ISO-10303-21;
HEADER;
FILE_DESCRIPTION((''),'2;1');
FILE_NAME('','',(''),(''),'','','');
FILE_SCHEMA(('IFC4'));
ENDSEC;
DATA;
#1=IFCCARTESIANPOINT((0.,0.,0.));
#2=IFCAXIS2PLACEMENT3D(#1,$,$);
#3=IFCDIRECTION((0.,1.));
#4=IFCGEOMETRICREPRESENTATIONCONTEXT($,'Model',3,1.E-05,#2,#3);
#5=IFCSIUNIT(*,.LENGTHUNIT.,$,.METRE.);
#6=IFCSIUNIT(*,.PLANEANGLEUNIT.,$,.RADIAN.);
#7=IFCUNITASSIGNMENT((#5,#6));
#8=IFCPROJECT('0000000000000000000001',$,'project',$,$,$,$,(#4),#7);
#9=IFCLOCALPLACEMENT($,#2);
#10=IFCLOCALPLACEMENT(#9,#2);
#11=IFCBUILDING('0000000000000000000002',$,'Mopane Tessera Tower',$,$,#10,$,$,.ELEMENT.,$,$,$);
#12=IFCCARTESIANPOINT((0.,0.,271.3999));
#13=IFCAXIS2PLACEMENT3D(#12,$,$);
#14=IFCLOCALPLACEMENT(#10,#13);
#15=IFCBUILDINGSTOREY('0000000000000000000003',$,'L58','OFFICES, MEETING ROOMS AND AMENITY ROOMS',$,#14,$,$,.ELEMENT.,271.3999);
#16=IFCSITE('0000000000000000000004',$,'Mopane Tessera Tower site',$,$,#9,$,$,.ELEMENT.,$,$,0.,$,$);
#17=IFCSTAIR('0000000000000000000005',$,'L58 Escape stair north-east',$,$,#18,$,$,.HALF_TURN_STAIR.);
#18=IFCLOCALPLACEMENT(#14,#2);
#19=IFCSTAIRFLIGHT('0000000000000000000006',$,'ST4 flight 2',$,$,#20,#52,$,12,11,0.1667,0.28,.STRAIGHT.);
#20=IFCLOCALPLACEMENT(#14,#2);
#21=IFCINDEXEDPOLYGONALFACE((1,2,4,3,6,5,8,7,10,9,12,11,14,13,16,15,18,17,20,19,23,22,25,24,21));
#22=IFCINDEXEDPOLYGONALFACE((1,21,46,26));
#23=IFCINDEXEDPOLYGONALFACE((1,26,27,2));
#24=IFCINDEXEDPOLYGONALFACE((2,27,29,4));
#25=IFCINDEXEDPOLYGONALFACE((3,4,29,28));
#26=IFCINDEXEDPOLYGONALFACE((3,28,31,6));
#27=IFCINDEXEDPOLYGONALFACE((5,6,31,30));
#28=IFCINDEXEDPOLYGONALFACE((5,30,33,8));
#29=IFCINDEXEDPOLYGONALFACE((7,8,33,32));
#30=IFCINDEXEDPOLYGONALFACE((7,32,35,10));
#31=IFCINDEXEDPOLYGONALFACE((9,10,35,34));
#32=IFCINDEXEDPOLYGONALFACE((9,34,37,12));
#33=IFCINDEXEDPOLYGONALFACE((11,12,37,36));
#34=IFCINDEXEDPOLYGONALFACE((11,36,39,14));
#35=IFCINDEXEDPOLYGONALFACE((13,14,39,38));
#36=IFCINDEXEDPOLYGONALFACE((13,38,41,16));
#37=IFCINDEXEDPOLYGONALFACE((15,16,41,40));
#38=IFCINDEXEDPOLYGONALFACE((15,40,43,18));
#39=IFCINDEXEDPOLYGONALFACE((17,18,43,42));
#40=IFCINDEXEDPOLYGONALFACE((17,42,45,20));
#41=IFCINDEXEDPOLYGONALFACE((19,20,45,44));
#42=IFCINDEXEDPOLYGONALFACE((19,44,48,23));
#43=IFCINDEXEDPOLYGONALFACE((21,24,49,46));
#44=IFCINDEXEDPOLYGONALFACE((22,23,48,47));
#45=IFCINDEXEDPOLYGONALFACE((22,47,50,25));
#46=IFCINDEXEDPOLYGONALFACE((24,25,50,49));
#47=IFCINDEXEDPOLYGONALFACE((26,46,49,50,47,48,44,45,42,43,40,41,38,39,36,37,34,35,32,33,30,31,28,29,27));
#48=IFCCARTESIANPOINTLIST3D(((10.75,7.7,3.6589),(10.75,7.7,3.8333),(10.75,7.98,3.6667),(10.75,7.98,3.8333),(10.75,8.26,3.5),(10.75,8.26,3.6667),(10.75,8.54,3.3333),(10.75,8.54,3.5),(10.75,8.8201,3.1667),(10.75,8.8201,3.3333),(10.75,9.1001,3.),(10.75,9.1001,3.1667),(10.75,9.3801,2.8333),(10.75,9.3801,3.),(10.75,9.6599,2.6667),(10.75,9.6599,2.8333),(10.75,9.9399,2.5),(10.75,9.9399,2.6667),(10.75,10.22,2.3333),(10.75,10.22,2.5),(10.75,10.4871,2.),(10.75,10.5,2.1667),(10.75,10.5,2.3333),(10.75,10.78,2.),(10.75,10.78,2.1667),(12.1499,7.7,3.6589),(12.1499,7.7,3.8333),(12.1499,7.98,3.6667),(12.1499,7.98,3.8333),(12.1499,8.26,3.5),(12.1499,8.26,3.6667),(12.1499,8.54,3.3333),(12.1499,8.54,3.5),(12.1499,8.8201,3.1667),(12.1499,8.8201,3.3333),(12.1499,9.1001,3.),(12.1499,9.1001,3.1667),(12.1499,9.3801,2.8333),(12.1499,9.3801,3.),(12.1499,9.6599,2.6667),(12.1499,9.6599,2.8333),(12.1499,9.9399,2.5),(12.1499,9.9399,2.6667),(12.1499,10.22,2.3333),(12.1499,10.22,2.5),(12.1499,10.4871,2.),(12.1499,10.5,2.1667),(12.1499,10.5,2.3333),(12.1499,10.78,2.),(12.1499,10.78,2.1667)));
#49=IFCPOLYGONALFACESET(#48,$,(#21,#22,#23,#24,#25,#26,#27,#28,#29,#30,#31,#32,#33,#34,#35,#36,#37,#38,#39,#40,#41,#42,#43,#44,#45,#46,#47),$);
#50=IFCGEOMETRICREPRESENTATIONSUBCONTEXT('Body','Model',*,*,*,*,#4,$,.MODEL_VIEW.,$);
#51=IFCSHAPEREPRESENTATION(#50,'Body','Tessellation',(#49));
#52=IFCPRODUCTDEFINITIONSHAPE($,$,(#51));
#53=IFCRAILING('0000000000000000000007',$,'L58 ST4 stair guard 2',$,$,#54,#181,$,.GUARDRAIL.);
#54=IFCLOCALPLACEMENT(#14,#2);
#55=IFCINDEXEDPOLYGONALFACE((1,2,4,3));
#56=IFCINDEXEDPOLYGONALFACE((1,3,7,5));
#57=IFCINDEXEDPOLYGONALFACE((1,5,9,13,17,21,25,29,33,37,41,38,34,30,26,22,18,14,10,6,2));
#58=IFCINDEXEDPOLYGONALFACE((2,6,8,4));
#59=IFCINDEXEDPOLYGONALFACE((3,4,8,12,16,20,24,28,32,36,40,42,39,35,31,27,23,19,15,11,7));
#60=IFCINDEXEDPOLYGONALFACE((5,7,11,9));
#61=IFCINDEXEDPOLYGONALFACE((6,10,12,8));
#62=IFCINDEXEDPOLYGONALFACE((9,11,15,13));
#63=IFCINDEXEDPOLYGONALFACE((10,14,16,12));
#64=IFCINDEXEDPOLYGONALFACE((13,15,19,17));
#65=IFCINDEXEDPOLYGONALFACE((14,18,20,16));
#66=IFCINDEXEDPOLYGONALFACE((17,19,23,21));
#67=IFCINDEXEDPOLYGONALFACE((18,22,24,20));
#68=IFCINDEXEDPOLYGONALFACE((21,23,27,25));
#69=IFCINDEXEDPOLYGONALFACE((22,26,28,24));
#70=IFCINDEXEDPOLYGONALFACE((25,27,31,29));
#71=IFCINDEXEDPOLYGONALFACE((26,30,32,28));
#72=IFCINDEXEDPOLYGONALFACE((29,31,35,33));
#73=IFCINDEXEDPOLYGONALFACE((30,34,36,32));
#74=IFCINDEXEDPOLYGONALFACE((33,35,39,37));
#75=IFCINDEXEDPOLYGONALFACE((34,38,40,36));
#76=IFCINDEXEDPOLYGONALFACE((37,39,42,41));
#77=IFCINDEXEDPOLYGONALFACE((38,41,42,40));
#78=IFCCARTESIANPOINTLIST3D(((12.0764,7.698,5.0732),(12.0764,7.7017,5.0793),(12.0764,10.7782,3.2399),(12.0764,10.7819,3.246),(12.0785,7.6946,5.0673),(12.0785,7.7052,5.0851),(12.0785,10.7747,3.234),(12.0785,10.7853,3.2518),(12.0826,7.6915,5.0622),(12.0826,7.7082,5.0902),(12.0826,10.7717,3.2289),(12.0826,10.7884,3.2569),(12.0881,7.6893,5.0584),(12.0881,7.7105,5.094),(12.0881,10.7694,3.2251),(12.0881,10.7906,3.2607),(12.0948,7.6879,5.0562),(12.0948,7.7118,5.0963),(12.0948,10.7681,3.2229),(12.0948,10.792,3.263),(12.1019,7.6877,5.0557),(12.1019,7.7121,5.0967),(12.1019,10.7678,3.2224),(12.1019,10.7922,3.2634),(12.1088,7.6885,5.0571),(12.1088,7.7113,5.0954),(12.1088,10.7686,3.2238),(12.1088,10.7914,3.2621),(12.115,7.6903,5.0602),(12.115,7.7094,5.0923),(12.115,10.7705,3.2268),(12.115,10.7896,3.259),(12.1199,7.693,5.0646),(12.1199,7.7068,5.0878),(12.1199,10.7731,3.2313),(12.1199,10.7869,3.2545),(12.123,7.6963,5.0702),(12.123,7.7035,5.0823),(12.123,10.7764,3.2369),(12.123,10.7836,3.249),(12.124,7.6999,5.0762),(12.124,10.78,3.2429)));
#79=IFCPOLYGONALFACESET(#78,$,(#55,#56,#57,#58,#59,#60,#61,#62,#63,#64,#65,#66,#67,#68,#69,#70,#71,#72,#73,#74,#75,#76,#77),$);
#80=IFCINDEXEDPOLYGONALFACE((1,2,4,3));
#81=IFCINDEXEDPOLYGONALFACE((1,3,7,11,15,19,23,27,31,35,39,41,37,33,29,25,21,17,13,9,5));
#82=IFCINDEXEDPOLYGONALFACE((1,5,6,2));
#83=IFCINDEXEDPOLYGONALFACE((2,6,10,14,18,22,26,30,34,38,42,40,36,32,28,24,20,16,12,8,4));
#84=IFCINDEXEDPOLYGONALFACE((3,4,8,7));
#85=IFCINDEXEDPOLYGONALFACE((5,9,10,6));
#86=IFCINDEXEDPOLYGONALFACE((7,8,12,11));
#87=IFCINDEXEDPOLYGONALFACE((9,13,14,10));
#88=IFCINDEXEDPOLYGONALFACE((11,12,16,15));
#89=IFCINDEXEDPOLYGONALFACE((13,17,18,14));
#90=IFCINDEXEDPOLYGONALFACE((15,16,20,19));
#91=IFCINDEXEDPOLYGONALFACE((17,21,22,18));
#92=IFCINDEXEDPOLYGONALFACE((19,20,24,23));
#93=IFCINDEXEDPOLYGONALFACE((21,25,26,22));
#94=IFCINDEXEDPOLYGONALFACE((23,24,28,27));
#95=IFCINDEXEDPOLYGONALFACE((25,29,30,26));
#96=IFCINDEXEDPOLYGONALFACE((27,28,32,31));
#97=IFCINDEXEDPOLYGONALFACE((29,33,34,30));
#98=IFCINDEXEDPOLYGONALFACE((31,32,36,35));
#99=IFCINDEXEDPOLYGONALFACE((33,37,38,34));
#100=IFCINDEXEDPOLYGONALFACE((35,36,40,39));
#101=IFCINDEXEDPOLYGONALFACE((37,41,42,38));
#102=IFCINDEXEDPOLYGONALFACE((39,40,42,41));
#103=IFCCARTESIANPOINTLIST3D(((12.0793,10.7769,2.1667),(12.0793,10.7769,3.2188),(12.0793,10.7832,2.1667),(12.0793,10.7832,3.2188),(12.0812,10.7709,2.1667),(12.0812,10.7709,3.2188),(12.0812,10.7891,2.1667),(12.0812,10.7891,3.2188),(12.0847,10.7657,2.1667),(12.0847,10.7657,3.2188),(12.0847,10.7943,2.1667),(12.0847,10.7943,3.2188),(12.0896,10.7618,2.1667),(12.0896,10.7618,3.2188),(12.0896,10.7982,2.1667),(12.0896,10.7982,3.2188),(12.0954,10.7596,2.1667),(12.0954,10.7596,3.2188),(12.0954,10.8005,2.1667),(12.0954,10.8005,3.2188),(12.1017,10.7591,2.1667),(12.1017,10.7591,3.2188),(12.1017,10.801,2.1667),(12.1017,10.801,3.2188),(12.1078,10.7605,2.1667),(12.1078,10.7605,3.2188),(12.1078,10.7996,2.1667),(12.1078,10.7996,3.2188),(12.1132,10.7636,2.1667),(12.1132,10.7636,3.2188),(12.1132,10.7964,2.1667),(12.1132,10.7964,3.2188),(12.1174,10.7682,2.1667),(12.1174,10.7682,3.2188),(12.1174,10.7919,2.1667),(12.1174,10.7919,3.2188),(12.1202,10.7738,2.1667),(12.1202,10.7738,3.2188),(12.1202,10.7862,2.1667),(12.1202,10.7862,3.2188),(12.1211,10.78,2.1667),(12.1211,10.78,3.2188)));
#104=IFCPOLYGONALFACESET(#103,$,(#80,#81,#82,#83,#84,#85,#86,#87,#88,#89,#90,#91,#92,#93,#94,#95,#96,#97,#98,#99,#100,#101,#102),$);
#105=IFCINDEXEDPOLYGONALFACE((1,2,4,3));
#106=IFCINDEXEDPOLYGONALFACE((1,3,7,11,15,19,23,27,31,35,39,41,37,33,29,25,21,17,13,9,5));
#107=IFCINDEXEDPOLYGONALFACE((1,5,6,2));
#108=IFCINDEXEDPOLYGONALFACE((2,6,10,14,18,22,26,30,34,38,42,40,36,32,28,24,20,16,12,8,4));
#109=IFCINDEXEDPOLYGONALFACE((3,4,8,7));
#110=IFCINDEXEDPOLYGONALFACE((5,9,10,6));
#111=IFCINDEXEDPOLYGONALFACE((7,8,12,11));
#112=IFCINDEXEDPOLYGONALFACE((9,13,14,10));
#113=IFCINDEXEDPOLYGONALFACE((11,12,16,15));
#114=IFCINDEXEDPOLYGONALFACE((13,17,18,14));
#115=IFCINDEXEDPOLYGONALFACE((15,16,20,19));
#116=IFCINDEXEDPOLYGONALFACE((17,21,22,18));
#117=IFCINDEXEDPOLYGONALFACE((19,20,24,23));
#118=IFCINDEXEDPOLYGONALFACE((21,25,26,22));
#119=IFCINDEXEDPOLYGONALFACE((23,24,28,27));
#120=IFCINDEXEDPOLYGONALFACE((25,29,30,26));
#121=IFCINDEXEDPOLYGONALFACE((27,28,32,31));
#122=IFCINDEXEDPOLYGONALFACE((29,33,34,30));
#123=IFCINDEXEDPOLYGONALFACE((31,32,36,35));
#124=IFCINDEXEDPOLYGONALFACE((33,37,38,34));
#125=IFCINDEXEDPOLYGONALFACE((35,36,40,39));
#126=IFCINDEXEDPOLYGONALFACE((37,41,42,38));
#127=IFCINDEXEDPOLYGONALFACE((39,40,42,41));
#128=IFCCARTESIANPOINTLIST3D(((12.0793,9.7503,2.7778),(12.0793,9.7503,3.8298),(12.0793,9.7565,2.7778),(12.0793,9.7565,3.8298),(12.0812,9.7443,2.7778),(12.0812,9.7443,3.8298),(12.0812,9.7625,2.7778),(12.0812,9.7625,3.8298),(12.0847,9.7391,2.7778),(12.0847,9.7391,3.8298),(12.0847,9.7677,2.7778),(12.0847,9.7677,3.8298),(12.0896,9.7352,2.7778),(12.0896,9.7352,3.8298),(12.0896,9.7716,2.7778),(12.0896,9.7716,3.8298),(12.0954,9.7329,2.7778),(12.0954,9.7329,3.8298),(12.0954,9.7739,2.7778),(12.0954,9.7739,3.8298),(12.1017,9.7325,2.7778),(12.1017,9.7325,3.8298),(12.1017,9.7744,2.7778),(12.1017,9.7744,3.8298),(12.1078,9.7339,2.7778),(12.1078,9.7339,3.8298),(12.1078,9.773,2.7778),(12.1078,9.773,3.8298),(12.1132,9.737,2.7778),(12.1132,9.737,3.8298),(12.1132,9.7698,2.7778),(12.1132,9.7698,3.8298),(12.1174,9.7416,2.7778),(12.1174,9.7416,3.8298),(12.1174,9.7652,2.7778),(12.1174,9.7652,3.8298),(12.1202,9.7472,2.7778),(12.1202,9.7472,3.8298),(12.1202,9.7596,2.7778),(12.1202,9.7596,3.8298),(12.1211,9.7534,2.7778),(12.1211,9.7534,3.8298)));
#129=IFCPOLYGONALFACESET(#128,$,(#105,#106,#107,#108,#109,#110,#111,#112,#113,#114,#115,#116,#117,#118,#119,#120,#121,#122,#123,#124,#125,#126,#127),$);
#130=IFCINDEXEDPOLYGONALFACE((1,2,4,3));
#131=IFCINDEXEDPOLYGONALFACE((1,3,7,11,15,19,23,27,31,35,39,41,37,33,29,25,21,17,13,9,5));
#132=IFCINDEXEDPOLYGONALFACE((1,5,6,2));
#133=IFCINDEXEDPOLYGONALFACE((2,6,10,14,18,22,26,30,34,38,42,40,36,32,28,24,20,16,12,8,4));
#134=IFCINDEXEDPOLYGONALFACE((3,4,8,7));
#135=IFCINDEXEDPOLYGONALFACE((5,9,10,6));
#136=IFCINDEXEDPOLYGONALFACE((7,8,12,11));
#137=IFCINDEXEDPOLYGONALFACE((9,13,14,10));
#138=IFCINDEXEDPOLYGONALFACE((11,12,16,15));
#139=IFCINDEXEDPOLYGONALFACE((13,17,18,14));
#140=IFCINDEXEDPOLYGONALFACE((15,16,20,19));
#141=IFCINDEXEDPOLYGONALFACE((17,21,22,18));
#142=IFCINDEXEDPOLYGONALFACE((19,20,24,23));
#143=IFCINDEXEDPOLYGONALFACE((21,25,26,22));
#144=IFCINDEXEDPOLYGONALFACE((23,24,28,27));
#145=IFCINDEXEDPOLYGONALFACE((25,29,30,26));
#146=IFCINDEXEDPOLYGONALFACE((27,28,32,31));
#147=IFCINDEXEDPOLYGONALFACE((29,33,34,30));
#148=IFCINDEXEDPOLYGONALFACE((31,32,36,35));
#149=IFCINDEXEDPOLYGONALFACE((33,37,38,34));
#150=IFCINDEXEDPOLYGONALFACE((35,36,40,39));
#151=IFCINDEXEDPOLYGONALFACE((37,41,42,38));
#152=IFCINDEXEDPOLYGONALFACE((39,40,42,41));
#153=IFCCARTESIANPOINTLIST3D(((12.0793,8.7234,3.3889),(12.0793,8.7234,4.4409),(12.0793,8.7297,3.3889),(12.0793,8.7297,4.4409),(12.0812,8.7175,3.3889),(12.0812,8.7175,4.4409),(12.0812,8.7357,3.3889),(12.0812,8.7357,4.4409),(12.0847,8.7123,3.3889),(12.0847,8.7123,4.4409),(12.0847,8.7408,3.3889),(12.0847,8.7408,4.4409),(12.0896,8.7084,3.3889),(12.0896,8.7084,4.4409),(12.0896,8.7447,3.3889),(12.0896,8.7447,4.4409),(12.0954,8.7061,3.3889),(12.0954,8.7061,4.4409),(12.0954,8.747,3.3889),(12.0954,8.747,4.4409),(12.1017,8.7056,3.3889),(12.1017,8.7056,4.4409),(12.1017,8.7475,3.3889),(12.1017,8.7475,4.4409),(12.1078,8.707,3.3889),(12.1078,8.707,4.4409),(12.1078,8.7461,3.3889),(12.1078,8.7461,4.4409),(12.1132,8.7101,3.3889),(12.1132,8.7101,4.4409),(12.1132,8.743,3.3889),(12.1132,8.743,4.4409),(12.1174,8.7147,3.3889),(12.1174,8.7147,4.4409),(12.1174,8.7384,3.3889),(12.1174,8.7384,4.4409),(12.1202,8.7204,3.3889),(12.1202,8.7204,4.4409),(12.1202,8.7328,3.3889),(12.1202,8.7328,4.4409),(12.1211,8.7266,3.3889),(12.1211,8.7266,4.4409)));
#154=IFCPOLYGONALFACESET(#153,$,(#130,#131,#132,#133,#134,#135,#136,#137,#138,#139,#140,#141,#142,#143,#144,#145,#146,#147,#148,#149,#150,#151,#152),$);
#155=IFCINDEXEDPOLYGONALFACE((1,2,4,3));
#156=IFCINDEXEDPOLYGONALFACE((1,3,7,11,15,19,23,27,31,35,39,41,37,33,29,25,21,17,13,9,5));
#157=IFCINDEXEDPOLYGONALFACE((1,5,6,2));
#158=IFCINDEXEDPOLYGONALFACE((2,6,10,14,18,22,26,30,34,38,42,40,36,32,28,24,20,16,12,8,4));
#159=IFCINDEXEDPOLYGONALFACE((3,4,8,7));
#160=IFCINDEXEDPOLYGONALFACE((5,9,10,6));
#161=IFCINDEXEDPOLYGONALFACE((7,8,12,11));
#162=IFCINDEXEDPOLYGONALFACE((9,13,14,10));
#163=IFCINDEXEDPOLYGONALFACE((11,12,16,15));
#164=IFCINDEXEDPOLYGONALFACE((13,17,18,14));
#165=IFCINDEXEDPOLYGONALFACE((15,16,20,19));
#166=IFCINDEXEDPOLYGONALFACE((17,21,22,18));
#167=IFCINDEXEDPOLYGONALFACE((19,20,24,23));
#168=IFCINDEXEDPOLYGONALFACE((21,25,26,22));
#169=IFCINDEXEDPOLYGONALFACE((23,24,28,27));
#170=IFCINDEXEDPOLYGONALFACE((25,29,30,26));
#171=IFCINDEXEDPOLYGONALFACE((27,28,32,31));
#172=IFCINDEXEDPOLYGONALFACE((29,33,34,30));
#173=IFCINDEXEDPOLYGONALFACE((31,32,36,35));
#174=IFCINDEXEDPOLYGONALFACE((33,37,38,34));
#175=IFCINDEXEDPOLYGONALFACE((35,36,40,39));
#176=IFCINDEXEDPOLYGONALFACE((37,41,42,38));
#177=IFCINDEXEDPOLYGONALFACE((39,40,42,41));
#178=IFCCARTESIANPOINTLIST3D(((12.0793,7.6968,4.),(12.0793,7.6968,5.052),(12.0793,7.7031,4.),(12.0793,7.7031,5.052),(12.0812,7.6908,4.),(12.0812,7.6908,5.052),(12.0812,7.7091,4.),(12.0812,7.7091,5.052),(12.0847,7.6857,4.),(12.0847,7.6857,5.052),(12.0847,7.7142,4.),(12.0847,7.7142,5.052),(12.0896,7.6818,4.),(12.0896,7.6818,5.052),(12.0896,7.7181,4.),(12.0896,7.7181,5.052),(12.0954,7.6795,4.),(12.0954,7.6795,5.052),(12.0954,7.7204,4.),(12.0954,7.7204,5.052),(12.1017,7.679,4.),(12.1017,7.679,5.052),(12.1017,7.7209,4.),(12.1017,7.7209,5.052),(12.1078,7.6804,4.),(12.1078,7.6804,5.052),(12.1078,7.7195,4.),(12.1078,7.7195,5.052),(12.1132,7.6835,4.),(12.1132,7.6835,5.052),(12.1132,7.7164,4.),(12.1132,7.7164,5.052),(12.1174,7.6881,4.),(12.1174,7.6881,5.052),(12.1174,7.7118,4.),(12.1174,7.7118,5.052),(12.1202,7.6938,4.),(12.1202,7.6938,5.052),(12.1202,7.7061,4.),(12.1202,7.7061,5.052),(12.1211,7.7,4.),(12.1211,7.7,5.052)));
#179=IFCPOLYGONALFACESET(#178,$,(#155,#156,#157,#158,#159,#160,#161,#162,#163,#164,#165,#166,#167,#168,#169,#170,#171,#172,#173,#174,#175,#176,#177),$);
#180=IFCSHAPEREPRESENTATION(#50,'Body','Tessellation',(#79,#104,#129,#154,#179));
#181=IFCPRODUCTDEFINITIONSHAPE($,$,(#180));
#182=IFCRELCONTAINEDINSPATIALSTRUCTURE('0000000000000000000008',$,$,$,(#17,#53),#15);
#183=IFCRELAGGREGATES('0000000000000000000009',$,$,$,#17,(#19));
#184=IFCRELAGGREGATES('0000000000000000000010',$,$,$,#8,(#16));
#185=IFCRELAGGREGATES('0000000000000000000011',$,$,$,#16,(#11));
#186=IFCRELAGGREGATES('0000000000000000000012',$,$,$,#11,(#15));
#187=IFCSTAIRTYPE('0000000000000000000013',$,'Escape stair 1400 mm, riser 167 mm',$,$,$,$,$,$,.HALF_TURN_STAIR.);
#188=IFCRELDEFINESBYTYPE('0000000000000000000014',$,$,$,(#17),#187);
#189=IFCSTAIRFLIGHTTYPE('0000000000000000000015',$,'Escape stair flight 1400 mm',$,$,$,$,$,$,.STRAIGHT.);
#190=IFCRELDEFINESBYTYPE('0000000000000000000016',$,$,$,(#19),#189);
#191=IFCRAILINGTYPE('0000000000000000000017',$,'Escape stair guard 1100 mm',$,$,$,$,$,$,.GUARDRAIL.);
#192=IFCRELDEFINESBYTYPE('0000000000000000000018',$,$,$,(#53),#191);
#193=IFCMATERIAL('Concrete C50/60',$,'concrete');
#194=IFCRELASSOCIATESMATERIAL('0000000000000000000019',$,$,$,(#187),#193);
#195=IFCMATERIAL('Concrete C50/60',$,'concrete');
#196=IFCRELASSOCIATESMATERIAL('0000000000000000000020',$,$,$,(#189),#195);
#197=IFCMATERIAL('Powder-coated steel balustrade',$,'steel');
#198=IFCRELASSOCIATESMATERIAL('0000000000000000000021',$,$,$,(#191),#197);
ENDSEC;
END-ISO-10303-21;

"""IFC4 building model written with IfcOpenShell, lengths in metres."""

from ifc_helpers import new_model, si_unit, direction, frame, origin, origin_2d, place, context, subcontext, project, spatial, polyline, circle, outline, extrude, material, type_object, element, aggregate, save


model = new_model("IFC4")

# Units and contexts
model_context = context("Model", 3, precision=1e-05, world=origin(), true_north=direction((0.0, 1.0)))
body_context = subcontext(model_context, "Body", "Model", "MODEL_VIEW")
ifc_project = project(units=[si_unit("LENGTHUNIT", "METRE"), si_unit("PLANEANGLEUNIT", "RADIAN")], contexts=[model_context])

# Site, building, storey
site_placement = place(None, origin())
site = spatial("IfcSite", under=ifc_project, at=site_placement, Name="Mopane Tessera Tower site", CompositionType="ELEMENT", RefElevation=0.0)
building_placement = place(site_placement, origin())
building = spatial("IfcBuilding", under=site, at=building_placement, Name="Mopane Tessera Tower", CompositionType="ELEMENT")
storey_placement = place(building_placement, frame((0.0, 0.0, 271.3999)))
storey = spatial("IfcBuildingStorey", under=building, at=storey_placement, Name="L58", Description="OFFICES, MEETING ROOMS AND AMENITY ROOMS", CompositionType="ELEMENT", Elevation=271.3999)

# Stair, stair flight
ifc_material_1 = material(Name="Concrete C50/60", Category="concrete")
stair_type = type_object("IfcStairType", Name="Escape stair 1400 mm, riser 167 mm", PredefinedType="HALF_TURN_STAIR", material=ifc_material_1)
stair_placement = place(storey_placement, origin())
stair = element("IfcStair", 1, at=stair_placement, inside=storey, type_object=stair_type, Name="L58 Escape stair north-east", PredefinedType="HALF_TURN_STAIR")
ifc_material_2 = material(Name="Concrete C50/60", Category="concrete")
stair_flight_type = type_object("IfcStairFlightType", Name="Escape stair flight 1400 mm", PredefinedType="STRAIGHT", material=ifc_material_2)
stair_flight_placement = place(storey_placement, frame((11.45, 10.78, 2.0), z_axis=(0.0, 0.0, 1.0), x_axis=(0.0, -1.0, 0.0)))
stair_flight = element("IfcStairFlight", 2, at=stair_flight_placement, type_object=stair_flight_type, Name="ST4 flight 2", NumberOfRisers=12, NumberOfTreads=11, PredefinedType="STRAIGHT", RiserHeight=0.1667, TreadLength=0.28, context=body_context, shape_type="SweptSolid", body=[
    extrude(outline(polyline([(0.0, 0.0), (0.0, 0.1667), (0.28, 0.1667), (0.28, 0.3333), (0.5601, 0.3333), (0.5601, 0.5), (0.8401, 0.5), (0.8401, 0.6667), (1.1201, 0.6667), (1.1201, 0.8333), (1.3999, 0.8333), (1.3999, 1.0), (1.6799, 1.0), (1.6799, 1.1667), (1.96, 1.1667), (1.96, 1.3333), (2.24, 1.3333), (2.24, 1.5), (2.52, 1.5), (2.52, 1.6667), (2.8, 1.6667), (2.8, 1.8333), (3.0801, 1.8333), (3.0801, 2.0), (3.0801, 1.6589), (0.293, 0.0), (0.0, 0.0)])), frame((0.0, 0.7, 0.0), z_axis=(0.0, -1.0, 0.0), x_axis=(1.0, 0.0, 0.0)), (0.0, 0.0, 1.0), 1.3999),
])
aggregate(stair, [stair_flight])

# Railing
ifc_material_3 = material(Name="Powder-coated steel balustrade", Category="steel")
railing_type_1 = type_object("IfcRailingType", Name="Escape stair guard 1100 mm", PredefinedType="GUARDRAIL", material=ifc_material_3)
railing_1_placement = place(storey_placement, frame((12.1001, 10.78, 2.1667)))
element("IfcRailing", 3, at=railing_1_placement, inside=storey, type_object=railing_type_1, Name="L58 ST4 stair guard 2", PredefinedType="GUARDRAIL", context=body_context, shape_type="SweptSolid", body=[
    extrude(circle(Radius=0.0239, at=origin_2d()), frame((0.0, 0.0, 1.0762), z_axis=(0.0, -0.859309, 0.511458), x_axis=(1.0, 0.0, 0.0)), (0.0, 0.0, 1.0), 3.5845),
    extrude(circle(Radius=0.021, at=origin_2d()), origin(), (0.0, 0.0, 1.0), 1.052),
    extrude(circle(Radius=0.021, at=origin_2d()), frame((0.0, -1.0266, 0.6111)), (0.0, 0.0, 1.0), 1.052),
    extrude(circle(Radius=0.021, at=origin_2d()), frame((0.0, -2.0535, 1.2222)), (0.0, 0.0, 1.0), 1.052),
    extrude(circle(Radius=0.021, at=origin_2d()), frame((0.0, -3.0801, 1.8333)), (0.0, 0.0, 1.0), 1.052),
])

save(model, "model.ifc")
